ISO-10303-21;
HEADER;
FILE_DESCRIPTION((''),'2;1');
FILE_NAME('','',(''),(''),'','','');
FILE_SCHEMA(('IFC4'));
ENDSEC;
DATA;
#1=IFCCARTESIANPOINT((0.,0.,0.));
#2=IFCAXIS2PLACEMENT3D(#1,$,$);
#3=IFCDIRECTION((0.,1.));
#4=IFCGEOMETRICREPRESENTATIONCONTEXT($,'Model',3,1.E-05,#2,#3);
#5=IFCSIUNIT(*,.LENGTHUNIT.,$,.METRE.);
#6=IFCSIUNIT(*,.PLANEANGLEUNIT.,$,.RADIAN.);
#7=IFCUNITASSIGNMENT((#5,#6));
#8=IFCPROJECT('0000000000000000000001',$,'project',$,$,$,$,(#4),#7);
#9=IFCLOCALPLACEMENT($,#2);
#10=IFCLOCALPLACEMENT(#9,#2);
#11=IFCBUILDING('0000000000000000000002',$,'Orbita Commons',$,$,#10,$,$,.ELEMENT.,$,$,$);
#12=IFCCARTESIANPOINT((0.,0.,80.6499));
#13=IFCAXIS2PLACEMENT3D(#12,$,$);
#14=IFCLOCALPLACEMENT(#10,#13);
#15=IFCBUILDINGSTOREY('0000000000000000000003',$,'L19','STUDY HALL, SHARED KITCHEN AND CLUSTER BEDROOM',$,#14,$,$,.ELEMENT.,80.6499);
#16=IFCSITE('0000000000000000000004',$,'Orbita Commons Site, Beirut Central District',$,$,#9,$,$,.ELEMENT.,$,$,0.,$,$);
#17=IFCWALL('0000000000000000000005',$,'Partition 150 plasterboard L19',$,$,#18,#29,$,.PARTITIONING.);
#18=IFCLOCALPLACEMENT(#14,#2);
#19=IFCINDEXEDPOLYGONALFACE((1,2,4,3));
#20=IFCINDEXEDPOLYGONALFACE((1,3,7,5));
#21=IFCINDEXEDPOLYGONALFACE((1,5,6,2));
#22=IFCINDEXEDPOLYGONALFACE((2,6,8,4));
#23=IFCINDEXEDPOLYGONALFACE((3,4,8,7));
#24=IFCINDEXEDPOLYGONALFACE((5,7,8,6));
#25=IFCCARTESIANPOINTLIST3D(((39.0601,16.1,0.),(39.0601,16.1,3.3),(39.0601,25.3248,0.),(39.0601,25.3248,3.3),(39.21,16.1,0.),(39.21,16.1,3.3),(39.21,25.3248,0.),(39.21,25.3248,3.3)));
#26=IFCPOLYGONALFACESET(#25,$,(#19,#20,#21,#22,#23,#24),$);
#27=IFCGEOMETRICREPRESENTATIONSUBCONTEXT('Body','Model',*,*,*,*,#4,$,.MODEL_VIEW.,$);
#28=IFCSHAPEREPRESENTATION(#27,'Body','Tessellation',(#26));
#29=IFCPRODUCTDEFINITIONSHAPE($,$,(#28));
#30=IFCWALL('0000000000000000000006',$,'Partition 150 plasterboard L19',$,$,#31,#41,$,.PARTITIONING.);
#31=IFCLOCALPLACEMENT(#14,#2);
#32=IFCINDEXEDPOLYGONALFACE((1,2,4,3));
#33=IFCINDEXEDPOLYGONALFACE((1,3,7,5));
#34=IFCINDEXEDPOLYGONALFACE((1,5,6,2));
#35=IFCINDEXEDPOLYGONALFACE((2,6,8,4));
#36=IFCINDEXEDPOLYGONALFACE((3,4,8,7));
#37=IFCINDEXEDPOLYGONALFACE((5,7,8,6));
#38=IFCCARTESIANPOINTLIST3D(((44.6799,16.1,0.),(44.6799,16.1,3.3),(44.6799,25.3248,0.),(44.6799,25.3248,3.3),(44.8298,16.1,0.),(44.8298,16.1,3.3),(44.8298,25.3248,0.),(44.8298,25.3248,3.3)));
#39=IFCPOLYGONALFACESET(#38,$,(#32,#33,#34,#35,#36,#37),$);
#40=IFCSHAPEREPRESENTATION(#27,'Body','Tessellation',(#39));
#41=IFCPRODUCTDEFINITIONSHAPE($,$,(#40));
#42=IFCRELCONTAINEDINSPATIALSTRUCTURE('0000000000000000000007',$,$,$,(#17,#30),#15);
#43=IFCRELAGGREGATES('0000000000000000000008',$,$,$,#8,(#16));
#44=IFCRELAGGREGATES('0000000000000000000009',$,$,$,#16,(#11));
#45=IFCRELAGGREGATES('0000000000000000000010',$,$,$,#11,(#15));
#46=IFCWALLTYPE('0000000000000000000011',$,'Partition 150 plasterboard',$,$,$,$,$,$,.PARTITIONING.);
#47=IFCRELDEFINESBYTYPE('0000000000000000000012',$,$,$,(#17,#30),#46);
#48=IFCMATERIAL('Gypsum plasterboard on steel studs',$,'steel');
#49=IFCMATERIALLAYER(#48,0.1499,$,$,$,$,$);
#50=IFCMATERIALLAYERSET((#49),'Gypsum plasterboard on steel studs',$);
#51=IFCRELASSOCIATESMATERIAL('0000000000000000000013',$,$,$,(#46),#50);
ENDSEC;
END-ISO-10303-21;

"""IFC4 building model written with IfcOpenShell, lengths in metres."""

from ifc_helpers import new_model, si_unit, direction, frame, frame_2d, origin, place, context, subcontext, project, spatial, rectangle, extrude, material, layer, layer_set, type_object, element, save


model = new_model("IFC4")

# Units and contexts
model_context = context("Model", 3, precision=1e-05, world=origin(), true_north=direction((0.0, 1.0)))
body_context = subcontext(model_context, "Body", "Model", "MODEL_VIEW")
ifc_project = project(units=[si_unit("LENGTHUNIT", "METRE"), si_unit("PLANEANGLEUNIT", "RADIAN")], contexts=[model_context])

# Site, building, storey
site_placement = place(None, origin())
site = spatial("IfcSite", under=ifc_project, at=site_placement, Name="Orbita Commons Site, Beirut Central District", CompositionType="ELEMENT", RefElevation=0.0)
building_placement = place(site_placement, origin())
building = spatial("IfcBuilding", under=site, at=building_placement, Name="Orbita Commons", CompositionType="ELEMENT")
storey_placement = place(building_placement, frame((0.0, 0.0, 80.6499)))
storey = spatial("IfcBuildingStorey", under=building, at=storey_placement, Name="L19", Description="STUDY HALL, SHARED KITCHEN AND CLUSTER BEDROOM", CompositionType="ELEMENT", Elevation=80.6499)

# Walls
ifc_material_1 = material(Name="Gypsum plasterboard on steel studs", Category="steel")
ifc_layer_1 = layer(ifc_material_1, 0.1499)
ifc_layer_set_1 = layer_set([ifc_layer_1], Name="Gypsum plasterboard on steel studs")
wall_type_1 = type_object("IfcWallType", Name="Partition 150 plasterboard", PredefinedType="PARTITIONING", material=ifc_layer_set_1)
for number, where, z_axis, x_axis, name in (
    (1, (39.135, 16.1001, 0.0), (0.0, 0.0, 1.0), (0.0, 1.0, 0.0), "Partition 150 plasterboard L19"),
    (2, (44.7549, 16.1001, 0.0), (0.0, 0.0, 1.0), (0.0, 1.0, 0.0), "Partition 150 plasterboard L19"),
):
    element("IfcWall", number, at=place(storey_placement, frame(where, z_axis=z_axis, x_axis=x_axis)), inside=storey, type_object=wall_type_1, Name=name, PredefinedType="PARTITIONING", context=body_context, shape_type="SweptSolid", body=[
        extrude(rectangle(XDim=9.2249, YDim=0.1499, at=frame_2d((4.6123, 0.0))), origin(), (0.0, 0.0, 1.0), 3.3),
    ])

save(model, "model.ifc")
